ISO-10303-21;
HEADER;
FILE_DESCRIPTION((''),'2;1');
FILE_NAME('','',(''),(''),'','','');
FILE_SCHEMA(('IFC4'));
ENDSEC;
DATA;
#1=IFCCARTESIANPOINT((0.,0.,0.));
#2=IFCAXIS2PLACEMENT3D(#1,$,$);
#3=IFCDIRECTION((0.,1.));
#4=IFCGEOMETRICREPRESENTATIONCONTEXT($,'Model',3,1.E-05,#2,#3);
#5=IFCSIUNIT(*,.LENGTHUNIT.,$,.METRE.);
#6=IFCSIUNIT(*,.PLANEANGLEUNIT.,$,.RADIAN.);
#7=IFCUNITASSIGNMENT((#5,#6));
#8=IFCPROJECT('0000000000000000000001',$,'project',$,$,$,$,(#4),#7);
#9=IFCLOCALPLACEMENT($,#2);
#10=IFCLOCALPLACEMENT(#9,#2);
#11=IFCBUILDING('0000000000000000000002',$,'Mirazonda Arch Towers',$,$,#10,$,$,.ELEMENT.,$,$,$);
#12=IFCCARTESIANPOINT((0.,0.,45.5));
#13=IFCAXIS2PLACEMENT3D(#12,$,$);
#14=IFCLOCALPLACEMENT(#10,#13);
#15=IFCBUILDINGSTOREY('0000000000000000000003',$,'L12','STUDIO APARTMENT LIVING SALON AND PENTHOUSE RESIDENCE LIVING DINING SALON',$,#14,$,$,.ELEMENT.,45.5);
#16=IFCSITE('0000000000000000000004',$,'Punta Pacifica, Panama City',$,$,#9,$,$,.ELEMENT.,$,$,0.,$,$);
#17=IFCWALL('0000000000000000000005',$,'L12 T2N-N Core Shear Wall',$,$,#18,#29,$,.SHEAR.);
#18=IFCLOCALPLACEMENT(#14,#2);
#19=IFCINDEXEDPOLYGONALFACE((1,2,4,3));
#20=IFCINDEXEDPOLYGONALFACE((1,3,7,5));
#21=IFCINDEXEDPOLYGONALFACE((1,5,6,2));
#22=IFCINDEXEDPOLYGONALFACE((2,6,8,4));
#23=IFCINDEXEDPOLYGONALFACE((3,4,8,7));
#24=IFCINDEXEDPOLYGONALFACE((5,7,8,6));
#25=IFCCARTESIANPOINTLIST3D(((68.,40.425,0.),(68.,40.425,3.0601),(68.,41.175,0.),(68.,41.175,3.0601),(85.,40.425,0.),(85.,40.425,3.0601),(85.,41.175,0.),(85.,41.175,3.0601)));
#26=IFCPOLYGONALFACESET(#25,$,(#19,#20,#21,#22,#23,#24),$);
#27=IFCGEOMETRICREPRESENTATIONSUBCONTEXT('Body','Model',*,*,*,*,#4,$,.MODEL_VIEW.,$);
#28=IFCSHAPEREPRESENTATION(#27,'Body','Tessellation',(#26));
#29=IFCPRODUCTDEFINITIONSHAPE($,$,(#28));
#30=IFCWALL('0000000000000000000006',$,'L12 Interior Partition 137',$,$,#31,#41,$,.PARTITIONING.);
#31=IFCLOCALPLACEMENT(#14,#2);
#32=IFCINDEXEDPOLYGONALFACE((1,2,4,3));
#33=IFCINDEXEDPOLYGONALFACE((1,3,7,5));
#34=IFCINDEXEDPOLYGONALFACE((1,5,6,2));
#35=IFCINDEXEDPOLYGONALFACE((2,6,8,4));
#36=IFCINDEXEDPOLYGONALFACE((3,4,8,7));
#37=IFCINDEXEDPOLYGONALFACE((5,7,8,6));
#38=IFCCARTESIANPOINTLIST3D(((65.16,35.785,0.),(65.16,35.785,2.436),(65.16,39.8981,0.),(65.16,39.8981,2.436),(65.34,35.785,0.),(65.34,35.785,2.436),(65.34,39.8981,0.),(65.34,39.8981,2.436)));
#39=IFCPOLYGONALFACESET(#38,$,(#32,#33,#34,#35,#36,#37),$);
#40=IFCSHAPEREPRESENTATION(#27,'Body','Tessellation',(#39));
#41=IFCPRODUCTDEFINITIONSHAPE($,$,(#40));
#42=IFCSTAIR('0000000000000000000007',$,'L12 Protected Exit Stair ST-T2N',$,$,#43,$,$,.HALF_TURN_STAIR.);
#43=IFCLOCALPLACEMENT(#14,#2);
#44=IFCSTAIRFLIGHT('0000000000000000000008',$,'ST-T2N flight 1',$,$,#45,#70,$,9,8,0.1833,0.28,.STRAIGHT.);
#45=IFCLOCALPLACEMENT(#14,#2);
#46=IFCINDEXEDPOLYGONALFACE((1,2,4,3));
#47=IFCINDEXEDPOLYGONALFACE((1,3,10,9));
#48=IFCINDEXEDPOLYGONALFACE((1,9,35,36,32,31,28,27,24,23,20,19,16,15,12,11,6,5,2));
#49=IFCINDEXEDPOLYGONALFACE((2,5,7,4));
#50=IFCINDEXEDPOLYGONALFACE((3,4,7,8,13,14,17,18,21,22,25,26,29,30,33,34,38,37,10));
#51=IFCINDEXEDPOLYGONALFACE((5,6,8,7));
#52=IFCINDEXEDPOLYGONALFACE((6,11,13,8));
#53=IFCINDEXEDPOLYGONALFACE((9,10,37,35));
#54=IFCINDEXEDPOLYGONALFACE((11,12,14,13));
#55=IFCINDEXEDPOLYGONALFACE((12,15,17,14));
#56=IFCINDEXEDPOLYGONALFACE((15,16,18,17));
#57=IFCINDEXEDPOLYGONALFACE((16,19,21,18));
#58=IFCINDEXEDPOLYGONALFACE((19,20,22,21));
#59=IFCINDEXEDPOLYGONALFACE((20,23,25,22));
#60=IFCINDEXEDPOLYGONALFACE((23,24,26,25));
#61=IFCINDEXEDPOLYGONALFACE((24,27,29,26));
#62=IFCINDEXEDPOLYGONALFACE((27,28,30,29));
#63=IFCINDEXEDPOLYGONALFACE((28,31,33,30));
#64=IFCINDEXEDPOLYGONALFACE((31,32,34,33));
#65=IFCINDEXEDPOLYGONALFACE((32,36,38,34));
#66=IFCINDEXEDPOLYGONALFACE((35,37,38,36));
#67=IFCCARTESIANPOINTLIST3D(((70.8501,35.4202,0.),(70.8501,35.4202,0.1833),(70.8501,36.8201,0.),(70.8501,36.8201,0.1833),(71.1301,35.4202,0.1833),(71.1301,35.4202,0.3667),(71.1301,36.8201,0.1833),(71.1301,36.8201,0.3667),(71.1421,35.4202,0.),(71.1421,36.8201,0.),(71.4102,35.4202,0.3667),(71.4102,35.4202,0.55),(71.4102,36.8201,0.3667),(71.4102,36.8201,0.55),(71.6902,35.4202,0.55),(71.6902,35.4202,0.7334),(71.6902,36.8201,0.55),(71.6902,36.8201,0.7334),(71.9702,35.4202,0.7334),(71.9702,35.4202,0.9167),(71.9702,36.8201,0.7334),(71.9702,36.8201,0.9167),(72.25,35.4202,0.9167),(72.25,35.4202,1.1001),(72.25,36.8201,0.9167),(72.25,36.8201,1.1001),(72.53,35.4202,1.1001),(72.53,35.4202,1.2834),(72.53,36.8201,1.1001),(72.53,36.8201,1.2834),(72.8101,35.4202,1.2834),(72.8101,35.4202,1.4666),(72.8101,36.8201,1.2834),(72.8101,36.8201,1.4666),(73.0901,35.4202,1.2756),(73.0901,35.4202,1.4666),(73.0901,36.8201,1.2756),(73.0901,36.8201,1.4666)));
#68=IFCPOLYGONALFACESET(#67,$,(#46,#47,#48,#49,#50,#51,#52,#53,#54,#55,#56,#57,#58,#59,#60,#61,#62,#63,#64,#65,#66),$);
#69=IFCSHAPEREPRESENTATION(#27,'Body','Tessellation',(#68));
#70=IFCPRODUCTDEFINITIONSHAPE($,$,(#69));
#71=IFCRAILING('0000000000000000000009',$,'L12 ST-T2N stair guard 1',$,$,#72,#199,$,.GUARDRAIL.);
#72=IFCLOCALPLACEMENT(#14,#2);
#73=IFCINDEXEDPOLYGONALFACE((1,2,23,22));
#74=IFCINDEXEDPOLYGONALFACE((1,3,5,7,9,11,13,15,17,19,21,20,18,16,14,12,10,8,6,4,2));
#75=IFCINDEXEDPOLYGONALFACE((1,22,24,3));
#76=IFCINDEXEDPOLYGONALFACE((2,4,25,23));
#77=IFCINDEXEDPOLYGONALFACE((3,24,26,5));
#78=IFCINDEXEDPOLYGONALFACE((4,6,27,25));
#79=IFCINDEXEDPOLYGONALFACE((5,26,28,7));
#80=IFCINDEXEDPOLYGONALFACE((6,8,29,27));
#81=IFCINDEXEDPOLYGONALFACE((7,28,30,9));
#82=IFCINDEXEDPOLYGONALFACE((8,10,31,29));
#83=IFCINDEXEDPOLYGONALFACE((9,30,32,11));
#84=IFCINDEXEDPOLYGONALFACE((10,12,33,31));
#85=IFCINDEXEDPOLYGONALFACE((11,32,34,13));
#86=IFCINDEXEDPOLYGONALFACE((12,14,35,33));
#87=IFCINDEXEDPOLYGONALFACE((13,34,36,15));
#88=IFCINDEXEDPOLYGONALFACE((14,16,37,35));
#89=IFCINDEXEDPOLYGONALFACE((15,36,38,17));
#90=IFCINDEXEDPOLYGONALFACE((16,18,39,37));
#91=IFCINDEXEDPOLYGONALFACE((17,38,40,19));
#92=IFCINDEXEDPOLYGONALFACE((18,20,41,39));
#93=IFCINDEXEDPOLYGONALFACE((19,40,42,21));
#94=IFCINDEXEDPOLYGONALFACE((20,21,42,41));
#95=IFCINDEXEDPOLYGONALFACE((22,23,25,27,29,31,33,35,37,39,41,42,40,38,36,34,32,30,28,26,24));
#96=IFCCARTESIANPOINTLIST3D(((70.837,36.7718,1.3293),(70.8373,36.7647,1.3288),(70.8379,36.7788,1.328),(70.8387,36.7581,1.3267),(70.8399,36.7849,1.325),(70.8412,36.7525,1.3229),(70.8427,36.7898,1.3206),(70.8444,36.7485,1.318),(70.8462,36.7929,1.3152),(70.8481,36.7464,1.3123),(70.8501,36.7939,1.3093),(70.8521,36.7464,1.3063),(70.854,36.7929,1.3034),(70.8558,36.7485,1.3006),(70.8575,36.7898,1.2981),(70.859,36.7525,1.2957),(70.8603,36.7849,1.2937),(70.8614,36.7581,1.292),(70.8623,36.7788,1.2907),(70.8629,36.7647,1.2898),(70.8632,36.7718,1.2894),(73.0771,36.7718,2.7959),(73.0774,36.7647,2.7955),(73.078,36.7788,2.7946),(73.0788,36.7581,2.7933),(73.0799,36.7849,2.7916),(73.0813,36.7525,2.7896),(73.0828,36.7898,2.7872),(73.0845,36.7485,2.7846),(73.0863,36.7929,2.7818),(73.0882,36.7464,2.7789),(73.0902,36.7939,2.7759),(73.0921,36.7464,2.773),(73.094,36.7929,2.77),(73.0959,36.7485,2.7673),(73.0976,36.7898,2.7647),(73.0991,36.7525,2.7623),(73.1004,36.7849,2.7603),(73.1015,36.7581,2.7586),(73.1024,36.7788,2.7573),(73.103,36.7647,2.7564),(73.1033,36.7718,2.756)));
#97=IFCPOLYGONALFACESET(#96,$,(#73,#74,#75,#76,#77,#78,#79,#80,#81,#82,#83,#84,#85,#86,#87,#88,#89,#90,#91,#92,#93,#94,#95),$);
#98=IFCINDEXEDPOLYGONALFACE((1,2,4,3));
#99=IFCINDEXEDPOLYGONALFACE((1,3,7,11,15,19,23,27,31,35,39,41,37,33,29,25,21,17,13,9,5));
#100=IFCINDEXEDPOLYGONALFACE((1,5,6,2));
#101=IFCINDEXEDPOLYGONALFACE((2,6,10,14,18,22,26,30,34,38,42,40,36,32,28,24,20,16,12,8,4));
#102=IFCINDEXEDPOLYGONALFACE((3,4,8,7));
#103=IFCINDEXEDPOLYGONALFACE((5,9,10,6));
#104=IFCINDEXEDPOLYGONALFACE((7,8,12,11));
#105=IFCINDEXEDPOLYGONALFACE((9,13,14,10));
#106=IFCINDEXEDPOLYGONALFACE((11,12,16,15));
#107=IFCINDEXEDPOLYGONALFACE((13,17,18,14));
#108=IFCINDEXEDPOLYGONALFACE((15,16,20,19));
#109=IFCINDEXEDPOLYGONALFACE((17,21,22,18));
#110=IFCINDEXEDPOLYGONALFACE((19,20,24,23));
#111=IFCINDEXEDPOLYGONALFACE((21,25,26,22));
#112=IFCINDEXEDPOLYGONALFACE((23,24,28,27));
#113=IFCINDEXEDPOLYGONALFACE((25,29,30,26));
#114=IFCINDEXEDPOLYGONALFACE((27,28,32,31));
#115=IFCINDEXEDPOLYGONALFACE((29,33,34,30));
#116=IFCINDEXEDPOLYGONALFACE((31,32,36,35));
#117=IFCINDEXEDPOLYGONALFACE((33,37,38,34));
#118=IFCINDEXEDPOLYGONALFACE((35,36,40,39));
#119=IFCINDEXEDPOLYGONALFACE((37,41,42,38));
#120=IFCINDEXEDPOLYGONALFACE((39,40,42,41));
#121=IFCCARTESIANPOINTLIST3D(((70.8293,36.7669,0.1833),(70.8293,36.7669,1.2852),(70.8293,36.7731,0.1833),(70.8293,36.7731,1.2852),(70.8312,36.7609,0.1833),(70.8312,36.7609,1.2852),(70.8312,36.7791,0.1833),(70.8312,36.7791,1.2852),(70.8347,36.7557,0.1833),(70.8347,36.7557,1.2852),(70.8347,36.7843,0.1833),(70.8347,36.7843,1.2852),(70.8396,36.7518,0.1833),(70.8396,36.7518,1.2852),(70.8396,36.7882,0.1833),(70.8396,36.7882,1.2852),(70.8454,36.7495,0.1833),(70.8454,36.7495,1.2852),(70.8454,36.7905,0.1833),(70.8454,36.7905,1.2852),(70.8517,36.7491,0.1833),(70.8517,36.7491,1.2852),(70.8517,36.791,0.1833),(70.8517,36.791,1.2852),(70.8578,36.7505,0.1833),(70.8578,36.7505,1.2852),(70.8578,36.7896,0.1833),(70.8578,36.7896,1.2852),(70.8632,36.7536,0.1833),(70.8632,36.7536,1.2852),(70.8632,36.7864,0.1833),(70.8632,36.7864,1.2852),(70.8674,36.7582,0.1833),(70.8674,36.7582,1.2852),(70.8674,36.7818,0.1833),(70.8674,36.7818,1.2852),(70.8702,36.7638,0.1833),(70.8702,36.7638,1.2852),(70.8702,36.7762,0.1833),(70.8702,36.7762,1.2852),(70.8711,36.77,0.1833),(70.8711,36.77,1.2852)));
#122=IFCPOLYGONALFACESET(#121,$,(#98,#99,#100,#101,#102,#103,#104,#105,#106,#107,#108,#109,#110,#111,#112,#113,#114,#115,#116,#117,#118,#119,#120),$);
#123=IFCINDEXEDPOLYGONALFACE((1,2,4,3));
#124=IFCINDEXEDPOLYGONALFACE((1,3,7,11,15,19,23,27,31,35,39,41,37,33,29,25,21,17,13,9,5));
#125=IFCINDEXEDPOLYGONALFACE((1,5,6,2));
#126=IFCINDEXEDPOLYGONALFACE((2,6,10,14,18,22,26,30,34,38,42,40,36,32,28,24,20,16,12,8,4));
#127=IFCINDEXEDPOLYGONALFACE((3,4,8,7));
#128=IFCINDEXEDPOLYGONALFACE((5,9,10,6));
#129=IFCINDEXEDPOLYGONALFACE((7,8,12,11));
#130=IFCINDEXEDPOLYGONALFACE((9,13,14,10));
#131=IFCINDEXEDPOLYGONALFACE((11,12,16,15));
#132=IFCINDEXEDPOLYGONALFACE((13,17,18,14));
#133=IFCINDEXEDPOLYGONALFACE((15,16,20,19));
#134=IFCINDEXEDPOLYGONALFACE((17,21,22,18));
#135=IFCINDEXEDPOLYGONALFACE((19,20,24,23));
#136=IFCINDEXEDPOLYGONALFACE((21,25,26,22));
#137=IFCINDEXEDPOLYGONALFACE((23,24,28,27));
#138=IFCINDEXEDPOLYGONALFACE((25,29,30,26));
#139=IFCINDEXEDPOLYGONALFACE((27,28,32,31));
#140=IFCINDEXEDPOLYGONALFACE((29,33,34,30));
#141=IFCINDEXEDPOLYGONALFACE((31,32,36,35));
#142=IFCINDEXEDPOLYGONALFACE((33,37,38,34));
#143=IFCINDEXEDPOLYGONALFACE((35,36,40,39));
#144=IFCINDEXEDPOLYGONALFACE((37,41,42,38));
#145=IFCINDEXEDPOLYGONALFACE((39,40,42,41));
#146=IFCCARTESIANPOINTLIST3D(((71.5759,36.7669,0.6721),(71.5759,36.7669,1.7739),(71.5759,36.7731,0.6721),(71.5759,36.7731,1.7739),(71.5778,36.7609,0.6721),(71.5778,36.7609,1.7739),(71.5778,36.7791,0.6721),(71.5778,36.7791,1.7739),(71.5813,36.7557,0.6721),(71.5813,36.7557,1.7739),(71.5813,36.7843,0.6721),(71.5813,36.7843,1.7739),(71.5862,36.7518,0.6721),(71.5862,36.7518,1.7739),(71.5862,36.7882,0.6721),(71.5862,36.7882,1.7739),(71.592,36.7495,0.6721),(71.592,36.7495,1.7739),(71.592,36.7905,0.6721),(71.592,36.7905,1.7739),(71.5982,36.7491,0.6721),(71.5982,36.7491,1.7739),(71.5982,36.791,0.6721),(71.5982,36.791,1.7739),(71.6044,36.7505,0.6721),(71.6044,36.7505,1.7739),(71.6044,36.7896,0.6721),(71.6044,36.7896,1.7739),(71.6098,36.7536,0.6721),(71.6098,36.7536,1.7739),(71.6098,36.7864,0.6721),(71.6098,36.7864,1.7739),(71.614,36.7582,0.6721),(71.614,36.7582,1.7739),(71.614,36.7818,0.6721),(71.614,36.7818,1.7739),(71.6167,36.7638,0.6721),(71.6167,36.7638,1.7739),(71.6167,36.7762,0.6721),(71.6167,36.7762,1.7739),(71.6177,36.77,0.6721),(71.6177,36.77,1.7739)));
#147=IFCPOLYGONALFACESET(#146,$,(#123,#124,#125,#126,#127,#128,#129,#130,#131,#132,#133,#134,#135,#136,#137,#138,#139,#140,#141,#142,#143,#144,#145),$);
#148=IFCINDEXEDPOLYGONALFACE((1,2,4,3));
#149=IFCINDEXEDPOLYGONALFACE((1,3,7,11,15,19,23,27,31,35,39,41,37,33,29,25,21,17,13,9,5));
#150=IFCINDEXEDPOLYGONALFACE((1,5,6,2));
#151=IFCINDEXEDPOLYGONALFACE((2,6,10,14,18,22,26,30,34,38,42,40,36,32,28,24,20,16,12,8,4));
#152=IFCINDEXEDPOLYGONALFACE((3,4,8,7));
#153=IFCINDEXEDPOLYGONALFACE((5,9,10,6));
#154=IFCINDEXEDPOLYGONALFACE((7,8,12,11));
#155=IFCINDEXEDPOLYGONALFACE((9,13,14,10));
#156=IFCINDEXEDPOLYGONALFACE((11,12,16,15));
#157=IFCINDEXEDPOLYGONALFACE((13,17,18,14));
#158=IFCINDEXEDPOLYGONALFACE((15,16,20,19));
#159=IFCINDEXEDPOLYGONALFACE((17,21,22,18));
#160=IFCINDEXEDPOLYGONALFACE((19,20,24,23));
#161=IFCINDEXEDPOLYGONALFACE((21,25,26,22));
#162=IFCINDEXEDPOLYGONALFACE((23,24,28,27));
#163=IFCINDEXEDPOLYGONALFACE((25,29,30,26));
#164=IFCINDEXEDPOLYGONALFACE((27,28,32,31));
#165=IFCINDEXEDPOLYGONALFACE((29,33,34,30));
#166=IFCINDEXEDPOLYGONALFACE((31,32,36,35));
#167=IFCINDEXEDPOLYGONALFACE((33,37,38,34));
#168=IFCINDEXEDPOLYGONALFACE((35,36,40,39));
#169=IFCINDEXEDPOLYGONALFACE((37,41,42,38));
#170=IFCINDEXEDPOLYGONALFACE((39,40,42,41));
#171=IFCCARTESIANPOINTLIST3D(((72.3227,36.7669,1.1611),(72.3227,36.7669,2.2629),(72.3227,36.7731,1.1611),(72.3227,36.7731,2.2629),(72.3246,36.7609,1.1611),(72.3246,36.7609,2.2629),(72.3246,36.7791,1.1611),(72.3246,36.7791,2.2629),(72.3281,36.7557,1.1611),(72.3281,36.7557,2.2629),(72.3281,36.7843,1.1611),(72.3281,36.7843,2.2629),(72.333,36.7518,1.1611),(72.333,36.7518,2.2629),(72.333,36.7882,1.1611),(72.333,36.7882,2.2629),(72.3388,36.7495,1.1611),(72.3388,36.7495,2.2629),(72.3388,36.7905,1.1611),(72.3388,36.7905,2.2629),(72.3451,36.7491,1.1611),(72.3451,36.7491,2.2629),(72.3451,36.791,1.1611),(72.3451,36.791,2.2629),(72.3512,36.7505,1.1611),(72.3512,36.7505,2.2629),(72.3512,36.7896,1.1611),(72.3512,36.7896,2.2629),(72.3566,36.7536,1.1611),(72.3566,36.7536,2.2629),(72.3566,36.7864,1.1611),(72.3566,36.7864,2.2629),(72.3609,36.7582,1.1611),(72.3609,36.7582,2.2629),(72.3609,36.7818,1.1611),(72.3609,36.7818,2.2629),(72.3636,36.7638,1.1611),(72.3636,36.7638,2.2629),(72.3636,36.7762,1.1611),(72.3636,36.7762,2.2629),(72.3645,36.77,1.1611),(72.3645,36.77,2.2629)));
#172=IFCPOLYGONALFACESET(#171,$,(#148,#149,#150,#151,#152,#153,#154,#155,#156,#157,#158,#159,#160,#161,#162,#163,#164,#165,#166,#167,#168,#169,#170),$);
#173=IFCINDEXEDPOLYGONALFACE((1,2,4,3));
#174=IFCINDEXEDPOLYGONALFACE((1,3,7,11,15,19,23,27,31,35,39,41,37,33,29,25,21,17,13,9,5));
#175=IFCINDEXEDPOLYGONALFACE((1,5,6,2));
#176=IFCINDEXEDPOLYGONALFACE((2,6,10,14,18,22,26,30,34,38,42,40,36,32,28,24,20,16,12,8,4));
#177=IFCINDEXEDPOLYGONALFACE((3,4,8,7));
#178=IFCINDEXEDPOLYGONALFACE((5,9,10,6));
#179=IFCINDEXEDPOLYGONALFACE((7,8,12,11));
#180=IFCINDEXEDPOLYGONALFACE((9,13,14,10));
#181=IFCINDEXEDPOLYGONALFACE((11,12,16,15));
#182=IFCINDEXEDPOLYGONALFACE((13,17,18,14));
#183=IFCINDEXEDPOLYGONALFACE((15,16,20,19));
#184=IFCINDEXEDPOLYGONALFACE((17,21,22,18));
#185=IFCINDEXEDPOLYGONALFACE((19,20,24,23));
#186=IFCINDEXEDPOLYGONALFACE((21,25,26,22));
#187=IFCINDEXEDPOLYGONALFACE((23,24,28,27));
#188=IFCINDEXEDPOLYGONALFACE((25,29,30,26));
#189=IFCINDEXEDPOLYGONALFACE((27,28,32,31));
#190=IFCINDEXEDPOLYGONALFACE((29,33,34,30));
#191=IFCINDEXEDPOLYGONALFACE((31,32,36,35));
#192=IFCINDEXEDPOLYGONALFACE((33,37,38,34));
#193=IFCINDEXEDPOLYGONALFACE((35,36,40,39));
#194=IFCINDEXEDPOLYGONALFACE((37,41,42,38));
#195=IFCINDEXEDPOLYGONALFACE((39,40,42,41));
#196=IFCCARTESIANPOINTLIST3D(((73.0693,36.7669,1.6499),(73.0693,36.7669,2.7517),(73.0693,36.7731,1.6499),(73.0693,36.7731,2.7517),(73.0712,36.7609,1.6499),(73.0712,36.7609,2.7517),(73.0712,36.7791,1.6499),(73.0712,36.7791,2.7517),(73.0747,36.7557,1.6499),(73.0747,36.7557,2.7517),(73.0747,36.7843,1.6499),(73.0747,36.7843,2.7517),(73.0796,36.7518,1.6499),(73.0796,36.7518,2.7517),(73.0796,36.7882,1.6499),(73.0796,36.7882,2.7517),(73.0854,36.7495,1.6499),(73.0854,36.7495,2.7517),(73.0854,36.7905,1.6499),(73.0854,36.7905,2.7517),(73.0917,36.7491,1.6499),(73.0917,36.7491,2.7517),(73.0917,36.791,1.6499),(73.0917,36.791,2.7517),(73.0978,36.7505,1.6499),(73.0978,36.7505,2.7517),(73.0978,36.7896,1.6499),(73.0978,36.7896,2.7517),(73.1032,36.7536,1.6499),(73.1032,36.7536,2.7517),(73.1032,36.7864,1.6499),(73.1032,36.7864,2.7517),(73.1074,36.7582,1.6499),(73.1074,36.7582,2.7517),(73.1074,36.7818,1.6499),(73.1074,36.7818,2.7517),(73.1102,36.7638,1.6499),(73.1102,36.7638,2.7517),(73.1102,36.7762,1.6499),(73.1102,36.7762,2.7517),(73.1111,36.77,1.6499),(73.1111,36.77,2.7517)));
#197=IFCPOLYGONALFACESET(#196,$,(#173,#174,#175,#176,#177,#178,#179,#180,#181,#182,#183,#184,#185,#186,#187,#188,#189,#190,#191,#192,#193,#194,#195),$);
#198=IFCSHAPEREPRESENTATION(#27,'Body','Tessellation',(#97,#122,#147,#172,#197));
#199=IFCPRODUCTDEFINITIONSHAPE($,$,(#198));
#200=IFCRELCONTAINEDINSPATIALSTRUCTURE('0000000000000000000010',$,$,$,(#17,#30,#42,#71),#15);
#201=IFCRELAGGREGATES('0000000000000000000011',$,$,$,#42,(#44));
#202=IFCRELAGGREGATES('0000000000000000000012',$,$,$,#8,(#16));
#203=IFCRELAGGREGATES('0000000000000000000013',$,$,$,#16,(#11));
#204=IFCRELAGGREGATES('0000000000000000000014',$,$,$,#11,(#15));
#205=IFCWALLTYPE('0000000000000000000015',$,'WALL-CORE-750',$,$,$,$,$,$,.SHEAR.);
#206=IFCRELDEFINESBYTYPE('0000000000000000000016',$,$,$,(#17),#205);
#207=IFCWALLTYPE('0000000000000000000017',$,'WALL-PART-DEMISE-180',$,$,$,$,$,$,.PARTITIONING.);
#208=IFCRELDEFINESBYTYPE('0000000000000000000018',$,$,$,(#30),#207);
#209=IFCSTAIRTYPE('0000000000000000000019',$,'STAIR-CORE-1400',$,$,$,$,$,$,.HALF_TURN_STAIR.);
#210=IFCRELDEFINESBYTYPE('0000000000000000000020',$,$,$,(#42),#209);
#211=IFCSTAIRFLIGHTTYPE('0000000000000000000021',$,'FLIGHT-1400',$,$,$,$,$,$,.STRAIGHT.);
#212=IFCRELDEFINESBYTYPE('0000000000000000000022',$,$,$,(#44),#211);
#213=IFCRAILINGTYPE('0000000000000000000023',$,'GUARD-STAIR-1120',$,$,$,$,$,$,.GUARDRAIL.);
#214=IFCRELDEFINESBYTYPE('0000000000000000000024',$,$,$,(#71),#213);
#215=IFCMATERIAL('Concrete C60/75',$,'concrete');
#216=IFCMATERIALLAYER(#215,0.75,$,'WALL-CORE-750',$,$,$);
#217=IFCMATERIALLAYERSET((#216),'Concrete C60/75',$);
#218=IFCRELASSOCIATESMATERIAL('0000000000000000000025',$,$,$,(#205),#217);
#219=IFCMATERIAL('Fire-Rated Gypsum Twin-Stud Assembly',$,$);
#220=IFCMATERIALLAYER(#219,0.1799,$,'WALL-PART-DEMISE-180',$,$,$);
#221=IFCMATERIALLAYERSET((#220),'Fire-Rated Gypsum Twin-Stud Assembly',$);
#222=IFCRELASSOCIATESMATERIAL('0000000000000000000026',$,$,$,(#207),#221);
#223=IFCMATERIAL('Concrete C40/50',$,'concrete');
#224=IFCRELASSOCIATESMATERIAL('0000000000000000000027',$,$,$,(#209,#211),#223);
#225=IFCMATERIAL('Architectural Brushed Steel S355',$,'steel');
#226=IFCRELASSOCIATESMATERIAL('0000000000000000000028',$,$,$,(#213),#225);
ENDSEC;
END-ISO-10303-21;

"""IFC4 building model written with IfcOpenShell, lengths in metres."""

from ifc_helpers import new_model, si_unit, direction, frame, frame_2d, origin, origin_2d, place, context, subcontext, project, spatial, polyline, rectangle, circle, outline, extrude, material, layer, layer_set, type_object, element, aggregate, save


model = new_model("IFC4")

# Units and contexts
model_context = context("Model", 3, precision=1e-05, world=origin(), true_north=direction((0.0, 1.0)))
body_context = subcontext(model_context, "Body", "Model", "MODEL_VIEW")
ifc_project = project(units=[si_unit("LENGTHUNIT", "METRE"), si_unit("PLANEANGLEUNIT", "RADIAN")], contexts=[model_context])

# Site, building, storey
site_placement = place(None, origin())
site = spatial("IfcSite", under=ifc_project, at=site_placement, Name="Punta Pacifica, Panama City", CompositionType="ELEMENT", RefElevation=0.0)
building_placement = place(site_placement, origin())
building = spatial("IfcBuilding", under=site, at=building_placement, Name="Mirazonda Arch Towers", CompositionType="ELEMENT")
storey_placement = place(building_placement, frame((0.0, 0.0, 45.5)))
storey = spatial("IfcBuildingStorey", under=building, at=storey_placement, Name="L12", Description="STUDIO APARTMENT LIVING SALON AND PENTHOUSE RESIDENCE LIVING DINING SALON", CompositionType="ELEMENT", Elevation=45.5)

# Shared definitions
ifc_material_1 = material(Name="Concrete C60/75", Category="concrete")

# Walls
ifc_layer_1 = layer(ifc_material_1, 0.75, Name="WALL-CORE-750")
ifc_layer_set_1 = layer_set([ifc_layer_1], Name="Concrete C60/75")
wall_type_1 = type_object("IfcWallType", Name="WALL-CORE-750", PredefinedType="SHEAR", material=ifc_layer_set_1)
wall_1_placement = place(storey_placement, frame((68.0, 40.8, 0.0), z_axis=(0.0, 0.0, 1.0), x_axis=(1.0, 0.0, 0.0)))
element("IfcWall", 1, at=wall_1_placement, inside=storey, type_object=wall_type_1, Name="L12 T2N-N Core Shear Wall", PredefinedType="SHEAR", context=body_context, shape_type="SweptSolid", body=[
    extrude(rectangle(XDim=17.0, YDim=0.75, at=frame_2d((8.5, 0.0))), origin(), (0.0, 0.0, 1.0), 3.0601),
])
ifc_material_2 = material(Name="Fire-Rated Gypsum Twin-Stud Assembly")
ifc_layer_2 = layer(ifc_material_2, 0.1799, Name="WALL-PART-DEMISE-180")
ifc_layer_set_2 = layer_set([ifc_layer_2], Name="Fire-Rated Gypsum Twin-Stud Assembly")
wall_type_2 = type_object("IfcWallType", Name="WALL-PART-DEMISE-180", PredefinedType="PARTITIONING", material=ifc_layer_set_2)
wall_2_placement = place(storey_placement, frame((65.25, 35.7849, 0.0), z_axis=(0.0, 0.0, 1.0), x_axis=(0.0, 1.0, 0.0)))
element("IfcWall", 2, at=wall_2_placement, inside=storey, type_object=wall_type_2, Name="L12 Interior Partition 137", PredefinedType="PARTITIONING", context=body_context, shape_type="SweptSolid", body=[
    extrude(rectangle(XDim=4.113, YDim=0.1799, at=frame_2d((2.0566, 0.0))), origin(), (0.0, 0.0, 1.0), 2.436),
])

# Stair, stair flight
ifc_material_3 = material(Name="Concrete C40/50", Category="concrete")
stair_type = type_object("IfcStairType", Name="STAIR-CORE-1400", PredefinedType="HALF_TURN_STAIR", material=ifc_material_3)
stair_placement = place(storey_placement, origin())
stair = element("IfcStair", 3, at=stair_placement, inside=storey, type_object=stair_type, Name="L12 Protected Exit Stair ST-T2N", PredefinedType="HALF_TURN_STAIR")
stair_flight_type = type_object("IfcStairFlightType", Name="FLIGHT-1400", PredefinedType="STRAIGHT", material=ifc_material_3)
stair_flight_placement = place(storey_placement, frame((70.8501, 36.1201, 0.0), z_axis=(0.0, 0.0, 1.0), x_axis=(1.0, 0.0, 0.0)))
stair_flight = element("IfcStairFlight", 4, at=stair_flight_placement, type_object=stair_flight_type, Name="ST-T2N flight 1", NumberOfRisers=9, NumberOfTreads=8, PredefinedType="STRAIGHT", RiserHeight=0.1833, TreadLength=0.28, context=body_context, shape_type="SweptSolid", body=[
    extrude(outline(polyline([(0.0, 0.0), (0.0, 0.1833), (0.28, 0.1833), (0.28, 0.3667), (0.5601, 0.3667), (0.5601, 0.55), (0.8401, 0.55), (0.8401, 0.7334), (1.1201, 0.7334), (1.1201, 0.9167), (1.3999, 0.9167), (1.3999, 1.1001), (1.6799, 1.1001), (1.6799, 1.2834), (1.96, 1.2834), (1.96, 1.4666), (2.24, 1.4666), (2.24, 1.6499), (2.24, 1.2756), (0.292, 0.0), (0.0, 0.0)])), frame((0.0, 0.7, 0.0), z_axis=(0.0, -1.0, 0.0), x_axis=(1.0, 0.0, 0.0)), (0.0, 0.0, 1.0), 1.3999),
])
aggregate(stair, [stair_flight])

# Railing
ifc_material_4 = material(Name="Architectural Brushed Steel S355", Category="steel")
railing_type = type_object("IfcRailingType", Name="GUARD-STAIR-1120", PredefinedType="GUARDRAIL", material=ifc_material_4)
railing_1_placement = place(storey_placement, frame((70.8501, 36.77, 0.1833)))
element("IfcRailing", 5, at=railing_1_placement, inside=storey, type_object=railing_type, Name="L12 ST-T2N stair guard 1", PredefinedType="GUARDRAIL", context=body_context, shape_type="SweptSolid", body=[
    extrude(circle(Radius=0.0239, at=origin_2d()), frame((0.0, 0.0, 1.126), z_axis=(0.836637, 0.0, 0.547758), x_axis=(0.0, 1.0, 0.0)), (0.0, 0.0, 1.0), 2.6775),
    extrude(circle(Radius=0.021, at=origin_2d()), origin(), (0.0, 0.0, 1.0), 1.1018),
    extrude(circle(Radius=0.021, at=origin_2d()), frame((0.7466, 0.0, 0.4888)), (0.0, 0.0, 1.0), 1.1018),
    extrude(circle(Radius=0.021, at=origin_2d()), frame((1.4934, 0.0, 0.9778)), (0.0, 0.0, 1.0), 1.1018),
    extrude(circle(Radius=0.021, at=origin_2d()), frame((2.24, 0.0, 1.4666)), (0.0, 0.0, 1.0), 1.1018),
])

save(model, "model.ifc")
